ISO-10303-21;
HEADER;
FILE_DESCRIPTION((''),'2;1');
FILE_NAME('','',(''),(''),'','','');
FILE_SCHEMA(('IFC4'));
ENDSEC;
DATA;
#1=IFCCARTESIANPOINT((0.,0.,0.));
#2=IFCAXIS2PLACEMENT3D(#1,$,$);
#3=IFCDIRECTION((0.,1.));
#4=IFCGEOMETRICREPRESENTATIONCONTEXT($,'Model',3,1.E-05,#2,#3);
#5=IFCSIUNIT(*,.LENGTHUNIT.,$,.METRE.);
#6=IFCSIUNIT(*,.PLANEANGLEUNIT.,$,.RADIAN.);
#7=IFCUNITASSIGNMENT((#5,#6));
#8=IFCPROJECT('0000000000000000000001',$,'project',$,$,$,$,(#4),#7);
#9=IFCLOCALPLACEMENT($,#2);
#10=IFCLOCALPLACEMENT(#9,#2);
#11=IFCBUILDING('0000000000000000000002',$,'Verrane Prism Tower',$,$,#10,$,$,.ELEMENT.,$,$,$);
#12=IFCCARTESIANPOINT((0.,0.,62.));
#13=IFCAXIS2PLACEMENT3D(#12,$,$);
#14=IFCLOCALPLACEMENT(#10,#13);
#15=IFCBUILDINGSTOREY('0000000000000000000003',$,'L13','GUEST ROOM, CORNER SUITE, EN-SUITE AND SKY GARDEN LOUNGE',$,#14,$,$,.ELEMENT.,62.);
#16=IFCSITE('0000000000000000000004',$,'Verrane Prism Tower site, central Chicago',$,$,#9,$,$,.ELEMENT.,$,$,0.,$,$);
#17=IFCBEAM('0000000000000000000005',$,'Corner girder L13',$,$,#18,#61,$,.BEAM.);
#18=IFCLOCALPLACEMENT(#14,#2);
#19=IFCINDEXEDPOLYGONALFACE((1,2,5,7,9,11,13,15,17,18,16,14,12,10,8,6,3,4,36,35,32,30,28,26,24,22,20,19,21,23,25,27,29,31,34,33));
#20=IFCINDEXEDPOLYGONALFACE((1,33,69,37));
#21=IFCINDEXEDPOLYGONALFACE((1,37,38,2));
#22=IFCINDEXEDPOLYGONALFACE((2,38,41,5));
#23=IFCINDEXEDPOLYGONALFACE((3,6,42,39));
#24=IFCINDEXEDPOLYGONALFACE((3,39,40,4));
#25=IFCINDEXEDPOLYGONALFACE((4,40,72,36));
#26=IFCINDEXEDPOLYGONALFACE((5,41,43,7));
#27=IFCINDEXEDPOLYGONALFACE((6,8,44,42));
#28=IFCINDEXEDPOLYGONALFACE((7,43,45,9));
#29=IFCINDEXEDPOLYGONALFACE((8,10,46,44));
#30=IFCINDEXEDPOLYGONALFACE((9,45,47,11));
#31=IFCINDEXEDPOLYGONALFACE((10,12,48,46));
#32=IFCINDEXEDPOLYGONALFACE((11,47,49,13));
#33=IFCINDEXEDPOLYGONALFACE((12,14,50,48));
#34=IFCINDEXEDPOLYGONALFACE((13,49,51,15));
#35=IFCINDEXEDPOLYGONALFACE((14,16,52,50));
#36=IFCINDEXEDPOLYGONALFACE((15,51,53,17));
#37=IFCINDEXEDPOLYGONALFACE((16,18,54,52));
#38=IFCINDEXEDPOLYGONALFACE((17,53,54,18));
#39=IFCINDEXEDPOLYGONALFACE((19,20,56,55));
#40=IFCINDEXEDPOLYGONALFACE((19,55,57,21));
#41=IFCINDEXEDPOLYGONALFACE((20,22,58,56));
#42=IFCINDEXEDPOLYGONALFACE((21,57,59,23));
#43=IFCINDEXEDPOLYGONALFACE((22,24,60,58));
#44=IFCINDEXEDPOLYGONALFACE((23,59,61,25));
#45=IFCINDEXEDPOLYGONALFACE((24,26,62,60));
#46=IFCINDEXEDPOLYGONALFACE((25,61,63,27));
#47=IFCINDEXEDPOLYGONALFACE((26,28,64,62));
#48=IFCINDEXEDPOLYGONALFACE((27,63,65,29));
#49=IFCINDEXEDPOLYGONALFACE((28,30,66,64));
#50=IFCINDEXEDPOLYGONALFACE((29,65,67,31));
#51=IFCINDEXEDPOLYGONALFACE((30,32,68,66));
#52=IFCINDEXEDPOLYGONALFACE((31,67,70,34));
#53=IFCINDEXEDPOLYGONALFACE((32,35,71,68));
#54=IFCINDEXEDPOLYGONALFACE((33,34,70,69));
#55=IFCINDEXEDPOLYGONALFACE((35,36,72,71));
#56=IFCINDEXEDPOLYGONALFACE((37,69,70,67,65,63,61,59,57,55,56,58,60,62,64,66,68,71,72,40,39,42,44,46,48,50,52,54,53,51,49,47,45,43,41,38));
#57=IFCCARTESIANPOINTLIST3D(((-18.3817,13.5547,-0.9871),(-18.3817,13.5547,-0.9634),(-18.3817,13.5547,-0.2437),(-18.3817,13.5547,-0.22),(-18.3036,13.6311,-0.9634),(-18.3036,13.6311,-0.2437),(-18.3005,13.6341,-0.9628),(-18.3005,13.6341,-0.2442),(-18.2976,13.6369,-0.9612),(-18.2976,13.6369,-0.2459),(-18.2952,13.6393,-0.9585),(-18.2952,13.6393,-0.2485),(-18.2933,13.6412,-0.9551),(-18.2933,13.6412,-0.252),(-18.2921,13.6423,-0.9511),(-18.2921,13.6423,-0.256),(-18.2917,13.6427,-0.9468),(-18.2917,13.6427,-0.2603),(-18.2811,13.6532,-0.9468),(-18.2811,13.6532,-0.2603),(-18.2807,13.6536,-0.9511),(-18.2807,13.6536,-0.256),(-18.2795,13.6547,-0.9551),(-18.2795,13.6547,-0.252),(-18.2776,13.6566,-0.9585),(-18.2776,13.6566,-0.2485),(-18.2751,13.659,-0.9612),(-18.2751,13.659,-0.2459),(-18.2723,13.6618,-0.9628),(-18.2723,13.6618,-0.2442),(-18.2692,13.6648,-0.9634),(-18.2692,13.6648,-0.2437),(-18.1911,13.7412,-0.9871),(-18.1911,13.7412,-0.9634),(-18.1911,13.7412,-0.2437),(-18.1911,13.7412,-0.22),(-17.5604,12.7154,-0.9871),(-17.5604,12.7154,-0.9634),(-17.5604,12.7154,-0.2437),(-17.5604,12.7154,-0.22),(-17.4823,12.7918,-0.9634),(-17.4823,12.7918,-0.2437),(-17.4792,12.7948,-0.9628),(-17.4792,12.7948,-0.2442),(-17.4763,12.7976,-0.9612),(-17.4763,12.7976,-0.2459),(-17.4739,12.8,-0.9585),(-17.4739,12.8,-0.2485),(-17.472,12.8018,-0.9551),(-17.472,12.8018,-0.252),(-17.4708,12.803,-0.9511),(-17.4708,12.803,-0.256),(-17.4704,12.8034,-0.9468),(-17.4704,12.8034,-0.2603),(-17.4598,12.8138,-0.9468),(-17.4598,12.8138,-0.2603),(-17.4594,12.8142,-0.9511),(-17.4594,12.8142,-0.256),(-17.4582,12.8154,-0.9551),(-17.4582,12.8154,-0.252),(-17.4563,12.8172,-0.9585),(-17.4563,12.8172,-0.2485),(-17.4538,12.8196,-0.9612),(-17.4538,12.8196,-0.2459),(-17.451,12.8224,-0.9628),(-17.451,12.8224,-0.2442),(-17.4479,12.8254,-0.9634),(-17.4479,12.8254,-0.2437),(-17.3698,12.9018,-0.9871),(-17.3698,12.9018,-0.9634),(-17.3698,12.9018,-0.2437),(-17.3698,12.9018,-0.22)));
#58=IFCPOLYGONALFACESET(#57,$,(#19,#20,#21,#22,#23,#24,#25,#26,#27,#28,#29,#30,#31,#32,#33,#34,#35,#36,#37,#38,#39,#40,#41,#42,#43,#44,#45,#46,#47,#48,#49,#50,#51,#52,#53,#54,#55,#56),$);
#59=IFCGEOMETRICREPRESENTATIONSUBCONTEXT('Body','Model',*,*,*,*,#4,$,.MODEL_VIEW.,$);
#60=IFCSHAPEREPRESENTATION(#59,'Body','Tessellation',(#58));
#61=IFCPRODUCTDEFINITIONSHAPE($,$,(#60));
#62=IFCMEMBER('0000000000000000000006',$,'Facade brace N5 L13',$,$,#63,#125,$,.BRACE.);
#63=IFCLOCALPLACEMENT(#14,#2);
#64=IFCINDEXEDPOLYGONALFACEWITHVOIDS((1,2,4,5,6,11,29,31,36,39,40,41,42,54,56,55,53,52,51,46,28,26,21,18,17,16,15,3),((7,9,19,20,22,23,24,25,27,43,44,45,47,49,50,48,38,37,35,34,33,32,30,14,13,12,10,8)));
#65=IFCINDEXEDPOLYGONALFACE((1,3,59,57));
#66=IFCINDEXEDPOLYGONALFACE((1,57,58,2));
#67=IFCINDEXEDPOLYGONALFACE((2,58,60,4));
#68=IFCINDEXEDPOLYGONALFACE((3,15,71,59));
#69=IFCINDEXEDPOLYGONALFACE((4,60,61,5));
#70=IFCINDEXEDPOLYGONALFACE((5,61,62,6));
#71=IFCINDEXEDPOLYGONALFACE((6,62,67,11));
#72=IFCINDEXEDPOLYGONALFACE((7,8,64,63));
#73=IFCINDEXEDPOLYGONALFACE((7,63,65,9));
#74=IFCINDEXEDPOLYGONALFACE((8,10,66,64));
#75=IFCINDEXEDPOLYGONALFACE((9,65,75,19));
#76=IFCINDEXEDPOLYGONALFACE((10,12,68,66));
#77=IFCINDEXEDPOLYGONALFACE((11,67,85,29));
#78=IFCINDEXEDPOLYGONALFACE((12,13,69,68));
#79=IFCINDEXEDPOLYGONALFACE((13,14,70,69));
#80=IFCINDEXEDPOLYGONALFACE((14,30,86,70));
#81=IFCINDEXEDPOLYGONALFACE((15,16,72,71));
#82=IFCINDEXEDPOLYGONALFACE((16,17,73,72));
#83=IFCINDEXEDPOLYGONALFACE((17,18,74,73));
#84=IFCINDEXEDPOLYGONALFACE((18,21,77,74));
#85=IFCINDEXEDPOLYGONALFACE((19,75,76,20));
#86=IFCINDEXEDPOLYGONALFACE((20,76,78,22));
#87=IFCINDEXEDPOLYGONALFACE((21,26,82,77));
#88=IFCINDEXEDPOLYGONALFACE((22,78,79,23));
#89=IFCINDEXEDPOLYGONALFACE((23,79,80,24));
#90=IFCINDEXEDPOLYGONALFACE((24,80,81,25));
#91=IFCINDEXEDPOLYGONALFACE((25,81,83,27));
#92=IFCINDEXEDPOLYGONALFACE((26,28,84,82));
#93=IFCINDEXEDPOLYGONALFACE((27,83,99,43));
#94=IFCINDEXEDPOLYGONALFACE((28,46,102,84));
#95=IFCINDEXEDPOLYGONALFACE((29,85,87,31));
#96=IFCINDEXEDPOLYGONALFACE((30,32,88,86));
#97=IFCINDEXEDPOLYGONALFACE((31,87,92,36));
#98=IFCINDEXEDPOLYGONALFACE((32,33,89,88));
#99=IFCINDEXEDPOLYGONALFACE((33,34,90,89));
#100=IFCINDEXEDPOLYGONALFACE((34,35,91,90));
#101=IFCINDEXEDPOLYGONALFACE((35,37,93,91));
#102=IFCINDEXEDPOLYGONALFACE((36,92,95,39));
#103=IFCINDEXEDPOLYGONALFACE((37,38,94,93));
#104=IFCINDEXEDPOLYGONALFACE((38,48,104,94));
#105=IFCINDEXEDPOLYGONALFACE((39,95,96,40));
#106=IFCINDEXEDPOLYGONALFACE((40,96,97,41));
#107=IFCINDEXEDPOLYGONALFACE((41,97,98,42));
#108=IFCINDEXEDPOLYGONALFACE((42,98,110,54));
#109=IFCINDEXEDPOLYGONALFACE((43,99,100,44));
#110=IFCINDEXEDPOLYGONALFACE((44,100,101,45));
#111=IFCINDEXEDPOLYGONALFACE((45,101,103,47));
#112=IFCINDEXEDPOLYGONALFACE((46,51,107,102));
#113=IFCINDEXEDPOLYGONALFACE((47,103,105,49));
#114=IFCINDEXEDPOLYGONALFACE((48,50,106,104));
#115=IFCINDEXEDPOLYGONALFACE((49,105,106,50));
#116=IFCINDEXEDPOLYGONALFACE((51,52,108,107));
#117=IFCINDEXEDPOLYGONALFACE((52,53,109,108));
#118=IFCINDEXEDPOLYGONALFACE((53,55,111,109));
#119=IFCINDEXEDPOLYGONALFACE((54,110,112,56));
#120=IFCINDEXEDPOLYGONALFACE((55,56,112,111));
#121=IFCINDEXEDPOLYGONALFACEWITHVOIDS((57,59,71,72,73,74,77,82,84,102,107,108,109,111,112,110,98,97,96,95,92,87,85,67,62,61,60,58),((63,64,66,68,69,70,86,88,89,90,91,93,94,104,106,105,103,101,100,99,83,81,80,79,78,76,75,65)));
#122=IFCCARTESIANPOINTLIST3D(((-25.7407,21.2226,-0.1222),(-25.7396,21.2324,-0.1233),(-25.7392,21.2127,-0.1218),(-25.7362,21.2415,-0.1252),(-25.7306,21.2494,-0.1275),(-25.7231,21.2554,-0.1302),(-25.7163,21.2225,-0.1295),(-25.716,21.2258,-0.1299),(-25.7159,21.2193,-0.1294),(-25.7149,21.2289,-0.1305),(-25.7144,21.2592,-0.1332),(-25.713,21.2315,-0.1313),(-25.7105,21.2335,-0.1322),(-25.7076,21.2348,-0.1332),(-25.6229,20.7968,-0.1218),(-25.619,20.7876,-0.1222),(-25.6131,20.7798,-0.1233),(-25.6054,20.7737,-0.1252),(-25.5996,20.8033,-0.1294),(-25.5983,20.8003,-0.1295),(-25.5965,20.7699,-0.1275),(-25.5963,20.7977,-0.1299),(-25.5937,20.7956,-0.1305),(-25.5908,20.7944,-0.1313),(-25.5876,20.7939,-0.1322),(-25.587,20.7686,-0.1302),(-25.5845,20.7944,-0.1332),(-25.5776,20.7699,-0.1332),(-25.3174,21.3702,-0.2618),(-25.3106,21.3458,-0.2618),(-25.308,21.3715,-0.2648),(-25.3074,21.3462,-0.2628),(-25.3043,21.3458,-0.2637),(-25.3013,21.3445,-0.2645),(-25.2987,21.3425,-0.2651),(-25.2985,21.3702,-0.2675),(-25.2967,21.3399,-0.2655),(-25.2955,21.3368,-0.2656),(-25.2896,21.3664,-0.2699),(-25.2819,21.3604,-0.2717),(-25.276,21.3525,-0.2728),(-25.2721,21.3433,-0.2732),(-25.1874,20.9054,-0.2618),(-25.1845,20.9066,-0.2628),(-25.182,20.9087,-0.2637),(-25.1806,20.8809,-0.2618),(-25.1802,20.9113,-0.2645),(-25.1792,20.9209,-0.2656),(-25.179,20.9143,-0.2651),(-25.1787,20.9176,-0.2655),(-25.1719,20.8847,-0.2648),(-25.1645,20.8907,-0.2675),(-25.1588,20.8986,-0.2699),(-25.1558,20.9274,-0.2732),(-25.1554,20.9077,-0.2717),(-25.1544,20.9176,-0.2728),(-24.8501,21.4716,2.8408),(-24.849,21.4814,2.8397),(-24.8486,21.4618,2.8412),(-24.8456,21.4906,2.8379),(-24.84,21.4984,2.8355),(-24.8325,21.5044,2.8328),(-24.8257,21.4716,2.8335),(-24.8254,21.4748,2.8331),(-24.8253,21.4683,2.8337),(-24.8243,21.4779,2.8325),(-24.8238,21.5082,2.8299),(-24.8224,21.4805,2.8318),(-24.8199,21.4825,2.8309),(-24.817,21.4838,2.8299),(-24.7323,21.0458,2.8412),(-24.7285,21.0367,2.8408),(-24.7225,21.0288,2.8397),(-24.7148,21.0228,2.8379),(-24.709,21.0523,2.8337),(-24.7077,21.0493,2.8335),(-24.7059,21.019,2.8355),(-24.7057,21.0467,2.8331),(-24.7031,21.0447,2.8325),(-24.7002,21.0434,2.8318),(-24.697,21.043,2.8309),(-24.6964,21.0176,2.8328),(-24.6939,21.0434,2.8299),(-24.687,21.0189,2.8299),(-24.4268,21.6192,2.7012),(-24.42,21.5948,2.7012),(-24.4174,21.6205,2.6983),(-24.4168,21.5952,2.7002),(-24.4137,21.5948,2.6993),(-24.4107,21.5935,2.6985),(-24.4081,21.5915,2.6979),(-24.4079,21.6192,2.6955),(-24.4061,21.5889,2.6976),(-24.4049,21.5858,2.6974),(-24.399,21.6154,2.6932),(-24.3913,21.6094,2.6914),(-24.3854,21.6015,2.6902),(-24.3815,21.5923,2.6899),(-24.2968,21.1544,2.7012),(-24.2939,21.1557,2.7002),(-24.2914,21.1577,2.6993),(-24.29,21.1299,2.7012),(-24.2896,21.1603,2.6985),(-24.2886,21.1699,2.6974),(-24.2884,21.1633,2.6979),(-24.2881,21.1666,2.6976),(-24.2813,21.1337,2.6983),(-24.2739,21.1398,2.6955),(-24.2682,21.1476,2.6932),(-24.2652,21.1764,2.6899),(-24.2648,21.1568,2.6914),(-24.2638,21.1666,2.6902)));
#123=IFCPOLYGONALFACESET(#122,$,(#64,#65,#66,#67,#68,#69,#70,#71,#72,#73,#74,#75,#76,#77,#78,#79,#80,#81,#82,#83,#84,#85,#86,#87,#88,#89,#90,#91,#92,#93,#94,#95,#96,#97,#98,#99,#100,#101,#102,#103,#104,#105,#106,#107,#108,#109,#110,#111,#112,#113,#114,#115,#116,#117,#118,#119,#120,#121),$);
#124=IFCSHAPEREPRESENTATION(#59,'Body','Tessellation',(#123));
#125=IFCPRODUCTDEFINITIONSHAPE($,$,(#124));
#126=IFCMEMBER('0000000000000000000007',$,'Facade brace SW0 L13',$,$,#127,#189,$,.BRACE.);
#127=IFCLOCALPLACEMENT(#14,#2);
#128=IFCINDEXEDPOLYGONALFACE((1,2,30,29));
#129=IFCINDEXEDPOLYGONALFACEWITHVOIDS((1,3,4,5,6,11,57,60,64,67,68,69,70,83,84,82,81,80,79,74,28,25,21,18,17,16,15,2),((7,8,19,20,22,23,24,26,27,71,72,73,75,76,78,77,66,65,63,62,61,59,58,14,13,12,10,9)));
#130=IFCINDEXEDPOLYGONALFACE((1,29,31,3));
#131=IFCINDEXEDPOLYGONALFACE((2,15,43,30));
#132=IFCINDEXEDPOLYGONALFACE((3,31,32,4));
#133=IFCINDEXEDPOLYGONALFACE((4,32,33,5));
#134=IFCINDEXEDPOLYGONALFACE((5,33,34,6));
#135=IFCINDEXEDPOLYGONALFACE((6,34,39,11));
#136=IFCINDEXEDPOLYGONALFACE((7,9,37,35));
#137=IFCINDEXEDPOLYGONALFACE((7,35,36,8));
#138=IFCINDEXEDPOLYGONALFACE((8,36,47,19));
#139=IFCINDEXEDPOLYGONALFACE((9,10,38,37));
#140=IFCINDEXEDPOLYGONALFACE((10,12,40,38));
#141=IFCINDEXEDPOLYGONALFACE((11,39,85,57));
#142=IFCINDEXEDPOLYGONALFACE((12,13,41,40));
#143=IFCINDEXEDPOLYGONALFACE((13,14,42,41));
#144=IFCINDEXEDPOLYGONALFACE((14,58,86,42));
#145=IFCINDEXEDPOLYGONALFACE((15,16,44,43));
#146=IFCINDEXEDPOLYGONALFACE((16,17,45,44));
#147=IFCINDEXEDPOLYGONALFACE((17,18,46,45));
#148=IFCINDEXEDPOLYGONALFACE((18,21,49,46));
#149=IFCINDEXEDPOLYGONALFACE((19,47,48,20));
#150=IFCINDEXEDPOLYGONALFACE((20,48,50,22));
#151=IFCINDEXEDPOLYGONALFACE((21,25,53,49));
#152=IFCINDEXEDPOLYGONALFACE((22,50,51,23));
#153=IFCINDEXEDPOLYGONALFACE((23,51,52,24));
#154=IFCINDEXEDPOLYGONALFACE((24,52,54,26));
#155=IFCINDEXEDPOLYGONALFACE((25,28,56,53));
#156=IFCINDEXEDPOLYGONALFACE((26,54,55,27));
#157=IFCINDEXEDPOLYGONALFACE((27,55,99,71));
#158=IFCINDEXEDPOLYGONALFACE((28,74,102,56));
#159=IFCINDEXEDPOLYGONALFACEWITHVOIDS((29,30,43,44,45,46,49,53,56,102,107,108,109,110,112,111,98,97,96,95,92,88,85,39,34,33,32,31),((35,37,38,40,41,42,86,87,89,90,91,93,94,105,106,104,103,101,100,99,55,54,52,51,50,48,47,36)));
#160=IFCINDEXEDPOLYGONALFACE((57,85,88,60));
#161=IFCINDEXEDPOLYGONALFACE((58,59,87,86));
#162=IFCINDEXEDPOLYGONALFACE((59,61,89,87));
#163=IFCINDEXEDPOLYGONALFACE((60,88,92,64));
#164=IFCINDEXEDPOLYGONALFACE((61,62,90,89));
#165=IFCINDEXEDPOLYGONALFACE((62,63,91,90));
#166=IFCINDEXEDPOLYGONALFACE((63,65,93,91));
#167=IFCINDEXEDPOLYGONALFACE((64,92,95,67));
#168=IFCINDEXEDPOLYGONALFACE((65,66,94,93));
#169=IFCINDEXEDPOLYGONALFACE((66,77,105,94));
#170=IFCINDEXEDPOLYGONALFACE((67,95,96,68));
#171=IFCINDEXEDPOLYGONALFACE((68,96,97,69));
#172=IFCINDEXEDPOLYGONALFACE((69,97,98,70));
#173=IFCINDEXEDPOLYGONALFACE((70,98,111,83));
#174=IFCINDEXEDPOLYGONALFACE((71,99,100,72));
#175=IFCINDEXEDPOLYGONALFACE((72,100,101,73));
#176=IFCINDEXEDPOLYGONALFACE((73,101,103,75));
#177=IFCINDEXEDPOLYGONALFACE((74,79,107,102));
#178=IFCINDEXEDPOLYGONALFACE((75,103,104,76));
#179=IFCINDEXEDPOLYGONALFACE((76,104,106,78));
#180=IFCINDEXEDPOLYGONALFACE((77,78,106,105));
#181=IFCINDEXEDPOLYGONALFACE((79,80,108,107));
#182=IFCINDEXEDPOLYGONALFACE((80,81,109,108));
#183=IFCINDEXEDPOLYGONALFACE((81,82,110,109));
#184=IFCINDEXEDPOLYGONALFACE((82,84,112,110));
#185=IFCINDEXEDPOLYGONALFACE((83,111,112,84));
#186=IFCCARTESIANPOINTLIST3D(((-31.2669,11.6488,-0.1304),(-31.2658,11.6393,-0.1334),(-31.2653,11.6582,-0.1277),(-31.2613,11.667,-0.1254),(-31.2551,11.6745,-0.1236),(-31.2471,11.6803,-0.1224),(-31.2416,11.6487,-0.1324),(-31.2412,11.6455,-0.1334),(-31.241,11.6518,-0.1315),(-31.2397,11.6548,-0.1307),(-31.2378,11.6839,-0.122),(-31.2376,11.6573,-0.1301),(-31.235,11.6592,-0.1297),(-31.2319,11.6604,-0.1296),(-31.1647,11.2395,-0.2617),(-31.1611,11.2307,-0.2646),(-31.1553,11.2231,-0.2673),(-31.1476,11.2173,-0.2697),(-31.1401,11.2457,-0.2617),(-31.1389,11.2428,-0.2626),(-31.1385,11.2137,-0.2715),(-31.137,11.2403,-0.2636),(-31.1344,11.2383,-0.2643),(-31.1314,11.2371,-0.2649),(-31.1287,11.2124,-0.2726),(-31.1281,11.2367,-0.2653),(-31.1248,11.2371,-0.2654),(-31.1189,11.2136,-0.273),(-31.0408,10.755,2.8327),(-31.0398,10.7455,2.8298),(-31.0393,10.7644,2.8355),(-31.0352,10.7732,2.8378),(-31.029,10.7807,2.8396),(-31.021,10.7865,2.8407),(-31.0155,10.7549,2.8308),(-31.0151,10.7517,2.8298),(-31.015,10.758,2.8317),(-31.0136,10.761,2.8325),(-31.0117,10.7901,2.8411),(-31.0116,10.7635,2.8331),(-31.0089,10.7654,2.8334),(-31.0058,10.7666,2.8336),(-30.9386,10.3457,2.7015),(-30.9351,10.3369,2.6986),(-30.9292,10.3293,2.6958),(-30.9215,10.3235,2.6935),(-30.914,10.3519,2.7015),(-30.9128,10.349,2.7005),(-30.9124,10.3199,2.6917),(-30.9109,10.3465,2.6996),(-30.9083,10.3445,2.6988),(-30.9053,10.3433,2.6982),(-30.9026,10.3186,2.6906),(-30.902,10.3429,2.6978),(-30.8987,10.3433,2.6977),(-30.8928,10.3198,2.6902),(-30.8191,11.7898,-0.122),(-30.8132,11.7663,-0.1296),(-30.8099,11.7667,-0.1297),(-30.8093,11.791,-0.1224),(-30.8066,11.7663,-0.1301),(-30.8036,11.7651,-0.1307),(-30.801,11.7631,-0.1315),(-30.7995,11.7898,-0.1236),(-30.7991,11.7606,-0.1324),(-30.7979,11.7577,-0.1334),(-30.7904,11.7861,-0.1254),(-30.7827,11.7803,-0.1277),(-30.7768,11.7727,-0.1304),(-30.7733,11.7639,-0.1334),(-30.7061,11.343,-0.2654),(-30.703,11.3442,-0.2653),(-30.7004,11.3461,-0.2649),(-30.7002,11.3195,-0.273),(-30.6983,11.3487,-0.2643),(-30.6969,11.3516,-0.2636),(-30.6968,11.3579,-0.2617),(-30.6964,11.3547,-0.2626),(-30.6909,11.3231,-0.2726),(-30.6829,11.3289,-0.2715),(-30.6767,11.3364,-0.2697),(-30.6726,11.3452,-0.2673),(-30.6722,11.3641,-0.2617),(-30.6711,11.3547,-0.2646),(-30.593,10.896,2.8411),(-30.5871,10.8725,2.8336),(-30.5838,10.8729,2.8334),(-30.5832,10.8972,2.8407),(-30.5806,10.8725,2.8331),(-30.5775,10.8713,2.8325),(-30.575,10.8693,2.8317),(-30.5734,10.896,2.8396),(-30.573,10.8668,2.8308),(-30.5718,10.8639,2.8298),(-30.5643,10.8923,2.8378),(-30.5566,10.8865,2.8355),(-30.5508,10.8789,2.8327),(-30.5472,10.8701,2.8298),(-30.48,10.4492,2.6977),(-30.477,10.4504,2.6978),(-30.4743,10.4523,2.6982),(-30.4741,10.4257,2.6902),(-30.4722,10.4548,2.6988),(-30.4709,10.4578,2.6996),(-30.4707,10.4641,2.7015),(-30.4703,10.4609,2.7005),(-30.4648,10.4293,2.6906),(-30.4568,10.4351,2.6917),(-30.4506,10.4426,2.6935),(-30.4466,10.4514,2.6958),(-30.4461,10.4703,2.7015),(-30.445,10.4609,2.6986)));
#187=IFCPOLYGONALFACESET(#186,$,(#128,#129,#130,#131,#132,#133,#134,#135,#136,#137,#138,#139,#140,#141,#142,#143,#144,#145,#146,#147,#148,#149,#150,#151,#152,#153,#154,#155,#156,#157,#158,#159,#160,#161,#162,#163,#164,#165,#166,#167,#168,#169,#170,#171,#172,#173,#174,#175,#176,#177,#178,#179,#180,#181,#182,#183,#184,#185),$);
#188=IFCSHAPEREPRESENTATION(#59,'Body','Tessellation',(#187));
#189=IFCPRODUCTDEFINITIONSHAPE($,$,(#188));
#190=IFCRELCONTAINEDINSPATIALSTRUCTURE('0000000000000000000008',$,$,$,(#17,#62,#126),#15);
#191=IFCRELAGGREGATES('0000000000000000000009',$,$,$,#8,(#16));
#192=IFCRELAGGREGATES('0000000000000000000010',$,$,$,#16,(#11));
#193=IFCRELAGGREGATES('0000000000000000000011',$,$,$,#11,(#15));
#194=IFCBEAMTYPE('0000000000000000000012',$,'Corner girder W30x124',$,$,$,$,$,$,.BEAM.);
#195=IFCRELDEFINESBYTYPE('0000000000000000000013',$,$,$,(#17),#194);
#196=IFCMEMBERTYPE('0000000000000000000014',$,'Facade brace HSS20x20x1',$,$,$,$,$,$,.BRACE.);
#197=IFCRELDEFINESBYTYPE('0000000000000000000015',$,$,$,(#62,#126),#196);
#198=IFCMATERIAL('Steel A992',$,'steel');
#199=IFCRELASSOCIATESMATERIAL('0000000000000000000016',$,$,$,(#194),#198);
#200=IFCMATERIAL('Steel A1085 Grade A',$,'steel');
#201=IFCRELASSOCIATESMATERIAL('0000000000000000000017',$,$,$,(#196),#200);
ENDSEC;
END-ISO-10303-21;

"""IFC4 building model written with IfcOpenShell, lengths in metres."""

from ifc_helpers import new_model, si_unit, direction, frame, origin, origin_2d, place, context, subcontext, project, spatial, hollow_rectangle, i_section, extrude, material, material_profile, profile_set, type_object, element, save


model = new_model("IFC4")

# Units and contexts
model_context = context("Model", 3, precision=1e-05, world=origin(), true_north=direction((0.0, 1.0)))
body_context = subcontext(model_context, "Body", "Model", "MODEL_VIEW")
ifc_project = project(units=[si_unit("LENGTHUNIT", "METRE"), si_unit("PLANEANGLEUNIT", "RADIAN")], contexts=[model_context])

# Site, building, storey
site_placement = place(None, origin())
site = spatial("IfcSite", under=ifc_project, at=site_placement, Name="Verrane Prism Tower site, central Chicago", CompositionType="ELEMENT", RefElevation=0.0)
building_placement = place(site_placement, origin())
building = spatial("IfcBuilding", under=site, at=building_placement, Name="Verrane Prism Tower", CompositionType="ELEMENT")
storey_placement = place(building_placement, frame((0.0, 0.0, 62.0)))
storey = spatial("IfcBuildingStorey", under=building, at=storey_placement, Name="L13", Description="GUEST ROOM, CORNER SUITE, EN-SUITE AND SKY GARDEN LOUNGE", CompositionType="ELEMENT", Elevation=62.0)

# Beam
ifc_material_1 = material(Name="Steel A992", Category="steel")
ifc_material_profile_1 = material_profile(ifc_material_1, i_section(OverallWidth=0.2666, OverallDepth=0.7671, WebThickness=0.0149, FlangeThickness=0.0237, FilletRadius=0.0166, at=origin_2d()), Name="W30x124")
ifc_profile_set_1 = profile_set([ifc_material_profile_1], Name="Steel A992")
beam_type_1 = type_object("IfcBeamType", Name="Corner girder W30x124", PredefinedType="BEAM", material=ifc_profile_set_1)
beam_1_placement = place(storey_placement, frame((-18.2864, 13.6479, -0.6035), z_axis=(0.699373, -0.714757, 0.0), x_axis=(0.714757, 0.699373, 0.0)))
element("IfcBeam", 1, at=beam_1_placement, inside=storey, type_object=beam_type_1, Name="Corner girder L13", PredefinedType="BEAM", context=body_context, shape_type="SweptSolid", body=[
    extrude(i_section(OverallWidth=0.2666, OverallDepth=0.7671, WebThickness=0.0149, FlangeThickness=0.0237, FilletRadius=0.0166, at=origin_2d()), origin(), (0.0, 0.0, 1.0), 1.1743),
])

# Members
ifc_material_2 = material(Name="Steel A1085 Grade A", Category="steel")
ifc_material_profile_2 = material_profile(ifc_material_2, hollow_rectangle(XDim=0.5081, YDim=0.5081, WallThickness=0.0254, InnerFilletRadius=0.0127, OuterFilletRadius=0.0381, at=origin_2d()), Name="HSS20x20x1")
ifc_profile_set_2 = profile_set([ifc_material_profile_2], Name="Steel A1085 Grade A")
member_type_1 = type_object("IfcMemberType", Name="Facade brace HSS20x20x1", PredefinedType="BRACE", material=ifc_profile_set_2)
member_1_placement = place(storey_placement, frame((-25.4475, 21.0701, -0.1975), z_axis=(0.28692, 0.080224, 0.95459), x_axis=(-0.269277, 0.963063, 0.0)))
element("IfcMember", 2, at=member_1_placement, inside=storey, type_object=member_type_1, Name="Facade brace N5 L13", PredefinedType="BRACE", context=body_context, shape_type="SweptSolid", body=[
    extrude(hollow_rectangle(XDim=0.5081, YDim=0.5081, WallThickness=0.0254, InnerFilletRadius=0.0127, OuterFilletRadius=0.0381, at=origin_2d()), origin(), (0.0, 0.0, 1.0), 3.104),
])
member_2_placement = place(storey_placement, frame((-30.969, 11.5017, -0.1975), z_axis=(0.072851, -0.28802, 0.954849), x_axis=(0.969469, 0.245214, 0.0)))
element("IfcMember", 3, at=member_2_placement, inside=storey, type_object=member_type_1, Name="Facade brace SW0 L13", PredefinedType="BRACE", context=body_context, shape_type="SweptSolid", body=[
    extrude(hollow_rectangle(XDim=0.5081, YDim=0.5081, WallThickness=0.0254, InnerFilletRadius=0.0127, OuterFilletRadius=0.0381, at=origin_2d()), origin(), (0.0, 0.0, 1.0), 3.1033),
])

save(model, "model.ifc")
